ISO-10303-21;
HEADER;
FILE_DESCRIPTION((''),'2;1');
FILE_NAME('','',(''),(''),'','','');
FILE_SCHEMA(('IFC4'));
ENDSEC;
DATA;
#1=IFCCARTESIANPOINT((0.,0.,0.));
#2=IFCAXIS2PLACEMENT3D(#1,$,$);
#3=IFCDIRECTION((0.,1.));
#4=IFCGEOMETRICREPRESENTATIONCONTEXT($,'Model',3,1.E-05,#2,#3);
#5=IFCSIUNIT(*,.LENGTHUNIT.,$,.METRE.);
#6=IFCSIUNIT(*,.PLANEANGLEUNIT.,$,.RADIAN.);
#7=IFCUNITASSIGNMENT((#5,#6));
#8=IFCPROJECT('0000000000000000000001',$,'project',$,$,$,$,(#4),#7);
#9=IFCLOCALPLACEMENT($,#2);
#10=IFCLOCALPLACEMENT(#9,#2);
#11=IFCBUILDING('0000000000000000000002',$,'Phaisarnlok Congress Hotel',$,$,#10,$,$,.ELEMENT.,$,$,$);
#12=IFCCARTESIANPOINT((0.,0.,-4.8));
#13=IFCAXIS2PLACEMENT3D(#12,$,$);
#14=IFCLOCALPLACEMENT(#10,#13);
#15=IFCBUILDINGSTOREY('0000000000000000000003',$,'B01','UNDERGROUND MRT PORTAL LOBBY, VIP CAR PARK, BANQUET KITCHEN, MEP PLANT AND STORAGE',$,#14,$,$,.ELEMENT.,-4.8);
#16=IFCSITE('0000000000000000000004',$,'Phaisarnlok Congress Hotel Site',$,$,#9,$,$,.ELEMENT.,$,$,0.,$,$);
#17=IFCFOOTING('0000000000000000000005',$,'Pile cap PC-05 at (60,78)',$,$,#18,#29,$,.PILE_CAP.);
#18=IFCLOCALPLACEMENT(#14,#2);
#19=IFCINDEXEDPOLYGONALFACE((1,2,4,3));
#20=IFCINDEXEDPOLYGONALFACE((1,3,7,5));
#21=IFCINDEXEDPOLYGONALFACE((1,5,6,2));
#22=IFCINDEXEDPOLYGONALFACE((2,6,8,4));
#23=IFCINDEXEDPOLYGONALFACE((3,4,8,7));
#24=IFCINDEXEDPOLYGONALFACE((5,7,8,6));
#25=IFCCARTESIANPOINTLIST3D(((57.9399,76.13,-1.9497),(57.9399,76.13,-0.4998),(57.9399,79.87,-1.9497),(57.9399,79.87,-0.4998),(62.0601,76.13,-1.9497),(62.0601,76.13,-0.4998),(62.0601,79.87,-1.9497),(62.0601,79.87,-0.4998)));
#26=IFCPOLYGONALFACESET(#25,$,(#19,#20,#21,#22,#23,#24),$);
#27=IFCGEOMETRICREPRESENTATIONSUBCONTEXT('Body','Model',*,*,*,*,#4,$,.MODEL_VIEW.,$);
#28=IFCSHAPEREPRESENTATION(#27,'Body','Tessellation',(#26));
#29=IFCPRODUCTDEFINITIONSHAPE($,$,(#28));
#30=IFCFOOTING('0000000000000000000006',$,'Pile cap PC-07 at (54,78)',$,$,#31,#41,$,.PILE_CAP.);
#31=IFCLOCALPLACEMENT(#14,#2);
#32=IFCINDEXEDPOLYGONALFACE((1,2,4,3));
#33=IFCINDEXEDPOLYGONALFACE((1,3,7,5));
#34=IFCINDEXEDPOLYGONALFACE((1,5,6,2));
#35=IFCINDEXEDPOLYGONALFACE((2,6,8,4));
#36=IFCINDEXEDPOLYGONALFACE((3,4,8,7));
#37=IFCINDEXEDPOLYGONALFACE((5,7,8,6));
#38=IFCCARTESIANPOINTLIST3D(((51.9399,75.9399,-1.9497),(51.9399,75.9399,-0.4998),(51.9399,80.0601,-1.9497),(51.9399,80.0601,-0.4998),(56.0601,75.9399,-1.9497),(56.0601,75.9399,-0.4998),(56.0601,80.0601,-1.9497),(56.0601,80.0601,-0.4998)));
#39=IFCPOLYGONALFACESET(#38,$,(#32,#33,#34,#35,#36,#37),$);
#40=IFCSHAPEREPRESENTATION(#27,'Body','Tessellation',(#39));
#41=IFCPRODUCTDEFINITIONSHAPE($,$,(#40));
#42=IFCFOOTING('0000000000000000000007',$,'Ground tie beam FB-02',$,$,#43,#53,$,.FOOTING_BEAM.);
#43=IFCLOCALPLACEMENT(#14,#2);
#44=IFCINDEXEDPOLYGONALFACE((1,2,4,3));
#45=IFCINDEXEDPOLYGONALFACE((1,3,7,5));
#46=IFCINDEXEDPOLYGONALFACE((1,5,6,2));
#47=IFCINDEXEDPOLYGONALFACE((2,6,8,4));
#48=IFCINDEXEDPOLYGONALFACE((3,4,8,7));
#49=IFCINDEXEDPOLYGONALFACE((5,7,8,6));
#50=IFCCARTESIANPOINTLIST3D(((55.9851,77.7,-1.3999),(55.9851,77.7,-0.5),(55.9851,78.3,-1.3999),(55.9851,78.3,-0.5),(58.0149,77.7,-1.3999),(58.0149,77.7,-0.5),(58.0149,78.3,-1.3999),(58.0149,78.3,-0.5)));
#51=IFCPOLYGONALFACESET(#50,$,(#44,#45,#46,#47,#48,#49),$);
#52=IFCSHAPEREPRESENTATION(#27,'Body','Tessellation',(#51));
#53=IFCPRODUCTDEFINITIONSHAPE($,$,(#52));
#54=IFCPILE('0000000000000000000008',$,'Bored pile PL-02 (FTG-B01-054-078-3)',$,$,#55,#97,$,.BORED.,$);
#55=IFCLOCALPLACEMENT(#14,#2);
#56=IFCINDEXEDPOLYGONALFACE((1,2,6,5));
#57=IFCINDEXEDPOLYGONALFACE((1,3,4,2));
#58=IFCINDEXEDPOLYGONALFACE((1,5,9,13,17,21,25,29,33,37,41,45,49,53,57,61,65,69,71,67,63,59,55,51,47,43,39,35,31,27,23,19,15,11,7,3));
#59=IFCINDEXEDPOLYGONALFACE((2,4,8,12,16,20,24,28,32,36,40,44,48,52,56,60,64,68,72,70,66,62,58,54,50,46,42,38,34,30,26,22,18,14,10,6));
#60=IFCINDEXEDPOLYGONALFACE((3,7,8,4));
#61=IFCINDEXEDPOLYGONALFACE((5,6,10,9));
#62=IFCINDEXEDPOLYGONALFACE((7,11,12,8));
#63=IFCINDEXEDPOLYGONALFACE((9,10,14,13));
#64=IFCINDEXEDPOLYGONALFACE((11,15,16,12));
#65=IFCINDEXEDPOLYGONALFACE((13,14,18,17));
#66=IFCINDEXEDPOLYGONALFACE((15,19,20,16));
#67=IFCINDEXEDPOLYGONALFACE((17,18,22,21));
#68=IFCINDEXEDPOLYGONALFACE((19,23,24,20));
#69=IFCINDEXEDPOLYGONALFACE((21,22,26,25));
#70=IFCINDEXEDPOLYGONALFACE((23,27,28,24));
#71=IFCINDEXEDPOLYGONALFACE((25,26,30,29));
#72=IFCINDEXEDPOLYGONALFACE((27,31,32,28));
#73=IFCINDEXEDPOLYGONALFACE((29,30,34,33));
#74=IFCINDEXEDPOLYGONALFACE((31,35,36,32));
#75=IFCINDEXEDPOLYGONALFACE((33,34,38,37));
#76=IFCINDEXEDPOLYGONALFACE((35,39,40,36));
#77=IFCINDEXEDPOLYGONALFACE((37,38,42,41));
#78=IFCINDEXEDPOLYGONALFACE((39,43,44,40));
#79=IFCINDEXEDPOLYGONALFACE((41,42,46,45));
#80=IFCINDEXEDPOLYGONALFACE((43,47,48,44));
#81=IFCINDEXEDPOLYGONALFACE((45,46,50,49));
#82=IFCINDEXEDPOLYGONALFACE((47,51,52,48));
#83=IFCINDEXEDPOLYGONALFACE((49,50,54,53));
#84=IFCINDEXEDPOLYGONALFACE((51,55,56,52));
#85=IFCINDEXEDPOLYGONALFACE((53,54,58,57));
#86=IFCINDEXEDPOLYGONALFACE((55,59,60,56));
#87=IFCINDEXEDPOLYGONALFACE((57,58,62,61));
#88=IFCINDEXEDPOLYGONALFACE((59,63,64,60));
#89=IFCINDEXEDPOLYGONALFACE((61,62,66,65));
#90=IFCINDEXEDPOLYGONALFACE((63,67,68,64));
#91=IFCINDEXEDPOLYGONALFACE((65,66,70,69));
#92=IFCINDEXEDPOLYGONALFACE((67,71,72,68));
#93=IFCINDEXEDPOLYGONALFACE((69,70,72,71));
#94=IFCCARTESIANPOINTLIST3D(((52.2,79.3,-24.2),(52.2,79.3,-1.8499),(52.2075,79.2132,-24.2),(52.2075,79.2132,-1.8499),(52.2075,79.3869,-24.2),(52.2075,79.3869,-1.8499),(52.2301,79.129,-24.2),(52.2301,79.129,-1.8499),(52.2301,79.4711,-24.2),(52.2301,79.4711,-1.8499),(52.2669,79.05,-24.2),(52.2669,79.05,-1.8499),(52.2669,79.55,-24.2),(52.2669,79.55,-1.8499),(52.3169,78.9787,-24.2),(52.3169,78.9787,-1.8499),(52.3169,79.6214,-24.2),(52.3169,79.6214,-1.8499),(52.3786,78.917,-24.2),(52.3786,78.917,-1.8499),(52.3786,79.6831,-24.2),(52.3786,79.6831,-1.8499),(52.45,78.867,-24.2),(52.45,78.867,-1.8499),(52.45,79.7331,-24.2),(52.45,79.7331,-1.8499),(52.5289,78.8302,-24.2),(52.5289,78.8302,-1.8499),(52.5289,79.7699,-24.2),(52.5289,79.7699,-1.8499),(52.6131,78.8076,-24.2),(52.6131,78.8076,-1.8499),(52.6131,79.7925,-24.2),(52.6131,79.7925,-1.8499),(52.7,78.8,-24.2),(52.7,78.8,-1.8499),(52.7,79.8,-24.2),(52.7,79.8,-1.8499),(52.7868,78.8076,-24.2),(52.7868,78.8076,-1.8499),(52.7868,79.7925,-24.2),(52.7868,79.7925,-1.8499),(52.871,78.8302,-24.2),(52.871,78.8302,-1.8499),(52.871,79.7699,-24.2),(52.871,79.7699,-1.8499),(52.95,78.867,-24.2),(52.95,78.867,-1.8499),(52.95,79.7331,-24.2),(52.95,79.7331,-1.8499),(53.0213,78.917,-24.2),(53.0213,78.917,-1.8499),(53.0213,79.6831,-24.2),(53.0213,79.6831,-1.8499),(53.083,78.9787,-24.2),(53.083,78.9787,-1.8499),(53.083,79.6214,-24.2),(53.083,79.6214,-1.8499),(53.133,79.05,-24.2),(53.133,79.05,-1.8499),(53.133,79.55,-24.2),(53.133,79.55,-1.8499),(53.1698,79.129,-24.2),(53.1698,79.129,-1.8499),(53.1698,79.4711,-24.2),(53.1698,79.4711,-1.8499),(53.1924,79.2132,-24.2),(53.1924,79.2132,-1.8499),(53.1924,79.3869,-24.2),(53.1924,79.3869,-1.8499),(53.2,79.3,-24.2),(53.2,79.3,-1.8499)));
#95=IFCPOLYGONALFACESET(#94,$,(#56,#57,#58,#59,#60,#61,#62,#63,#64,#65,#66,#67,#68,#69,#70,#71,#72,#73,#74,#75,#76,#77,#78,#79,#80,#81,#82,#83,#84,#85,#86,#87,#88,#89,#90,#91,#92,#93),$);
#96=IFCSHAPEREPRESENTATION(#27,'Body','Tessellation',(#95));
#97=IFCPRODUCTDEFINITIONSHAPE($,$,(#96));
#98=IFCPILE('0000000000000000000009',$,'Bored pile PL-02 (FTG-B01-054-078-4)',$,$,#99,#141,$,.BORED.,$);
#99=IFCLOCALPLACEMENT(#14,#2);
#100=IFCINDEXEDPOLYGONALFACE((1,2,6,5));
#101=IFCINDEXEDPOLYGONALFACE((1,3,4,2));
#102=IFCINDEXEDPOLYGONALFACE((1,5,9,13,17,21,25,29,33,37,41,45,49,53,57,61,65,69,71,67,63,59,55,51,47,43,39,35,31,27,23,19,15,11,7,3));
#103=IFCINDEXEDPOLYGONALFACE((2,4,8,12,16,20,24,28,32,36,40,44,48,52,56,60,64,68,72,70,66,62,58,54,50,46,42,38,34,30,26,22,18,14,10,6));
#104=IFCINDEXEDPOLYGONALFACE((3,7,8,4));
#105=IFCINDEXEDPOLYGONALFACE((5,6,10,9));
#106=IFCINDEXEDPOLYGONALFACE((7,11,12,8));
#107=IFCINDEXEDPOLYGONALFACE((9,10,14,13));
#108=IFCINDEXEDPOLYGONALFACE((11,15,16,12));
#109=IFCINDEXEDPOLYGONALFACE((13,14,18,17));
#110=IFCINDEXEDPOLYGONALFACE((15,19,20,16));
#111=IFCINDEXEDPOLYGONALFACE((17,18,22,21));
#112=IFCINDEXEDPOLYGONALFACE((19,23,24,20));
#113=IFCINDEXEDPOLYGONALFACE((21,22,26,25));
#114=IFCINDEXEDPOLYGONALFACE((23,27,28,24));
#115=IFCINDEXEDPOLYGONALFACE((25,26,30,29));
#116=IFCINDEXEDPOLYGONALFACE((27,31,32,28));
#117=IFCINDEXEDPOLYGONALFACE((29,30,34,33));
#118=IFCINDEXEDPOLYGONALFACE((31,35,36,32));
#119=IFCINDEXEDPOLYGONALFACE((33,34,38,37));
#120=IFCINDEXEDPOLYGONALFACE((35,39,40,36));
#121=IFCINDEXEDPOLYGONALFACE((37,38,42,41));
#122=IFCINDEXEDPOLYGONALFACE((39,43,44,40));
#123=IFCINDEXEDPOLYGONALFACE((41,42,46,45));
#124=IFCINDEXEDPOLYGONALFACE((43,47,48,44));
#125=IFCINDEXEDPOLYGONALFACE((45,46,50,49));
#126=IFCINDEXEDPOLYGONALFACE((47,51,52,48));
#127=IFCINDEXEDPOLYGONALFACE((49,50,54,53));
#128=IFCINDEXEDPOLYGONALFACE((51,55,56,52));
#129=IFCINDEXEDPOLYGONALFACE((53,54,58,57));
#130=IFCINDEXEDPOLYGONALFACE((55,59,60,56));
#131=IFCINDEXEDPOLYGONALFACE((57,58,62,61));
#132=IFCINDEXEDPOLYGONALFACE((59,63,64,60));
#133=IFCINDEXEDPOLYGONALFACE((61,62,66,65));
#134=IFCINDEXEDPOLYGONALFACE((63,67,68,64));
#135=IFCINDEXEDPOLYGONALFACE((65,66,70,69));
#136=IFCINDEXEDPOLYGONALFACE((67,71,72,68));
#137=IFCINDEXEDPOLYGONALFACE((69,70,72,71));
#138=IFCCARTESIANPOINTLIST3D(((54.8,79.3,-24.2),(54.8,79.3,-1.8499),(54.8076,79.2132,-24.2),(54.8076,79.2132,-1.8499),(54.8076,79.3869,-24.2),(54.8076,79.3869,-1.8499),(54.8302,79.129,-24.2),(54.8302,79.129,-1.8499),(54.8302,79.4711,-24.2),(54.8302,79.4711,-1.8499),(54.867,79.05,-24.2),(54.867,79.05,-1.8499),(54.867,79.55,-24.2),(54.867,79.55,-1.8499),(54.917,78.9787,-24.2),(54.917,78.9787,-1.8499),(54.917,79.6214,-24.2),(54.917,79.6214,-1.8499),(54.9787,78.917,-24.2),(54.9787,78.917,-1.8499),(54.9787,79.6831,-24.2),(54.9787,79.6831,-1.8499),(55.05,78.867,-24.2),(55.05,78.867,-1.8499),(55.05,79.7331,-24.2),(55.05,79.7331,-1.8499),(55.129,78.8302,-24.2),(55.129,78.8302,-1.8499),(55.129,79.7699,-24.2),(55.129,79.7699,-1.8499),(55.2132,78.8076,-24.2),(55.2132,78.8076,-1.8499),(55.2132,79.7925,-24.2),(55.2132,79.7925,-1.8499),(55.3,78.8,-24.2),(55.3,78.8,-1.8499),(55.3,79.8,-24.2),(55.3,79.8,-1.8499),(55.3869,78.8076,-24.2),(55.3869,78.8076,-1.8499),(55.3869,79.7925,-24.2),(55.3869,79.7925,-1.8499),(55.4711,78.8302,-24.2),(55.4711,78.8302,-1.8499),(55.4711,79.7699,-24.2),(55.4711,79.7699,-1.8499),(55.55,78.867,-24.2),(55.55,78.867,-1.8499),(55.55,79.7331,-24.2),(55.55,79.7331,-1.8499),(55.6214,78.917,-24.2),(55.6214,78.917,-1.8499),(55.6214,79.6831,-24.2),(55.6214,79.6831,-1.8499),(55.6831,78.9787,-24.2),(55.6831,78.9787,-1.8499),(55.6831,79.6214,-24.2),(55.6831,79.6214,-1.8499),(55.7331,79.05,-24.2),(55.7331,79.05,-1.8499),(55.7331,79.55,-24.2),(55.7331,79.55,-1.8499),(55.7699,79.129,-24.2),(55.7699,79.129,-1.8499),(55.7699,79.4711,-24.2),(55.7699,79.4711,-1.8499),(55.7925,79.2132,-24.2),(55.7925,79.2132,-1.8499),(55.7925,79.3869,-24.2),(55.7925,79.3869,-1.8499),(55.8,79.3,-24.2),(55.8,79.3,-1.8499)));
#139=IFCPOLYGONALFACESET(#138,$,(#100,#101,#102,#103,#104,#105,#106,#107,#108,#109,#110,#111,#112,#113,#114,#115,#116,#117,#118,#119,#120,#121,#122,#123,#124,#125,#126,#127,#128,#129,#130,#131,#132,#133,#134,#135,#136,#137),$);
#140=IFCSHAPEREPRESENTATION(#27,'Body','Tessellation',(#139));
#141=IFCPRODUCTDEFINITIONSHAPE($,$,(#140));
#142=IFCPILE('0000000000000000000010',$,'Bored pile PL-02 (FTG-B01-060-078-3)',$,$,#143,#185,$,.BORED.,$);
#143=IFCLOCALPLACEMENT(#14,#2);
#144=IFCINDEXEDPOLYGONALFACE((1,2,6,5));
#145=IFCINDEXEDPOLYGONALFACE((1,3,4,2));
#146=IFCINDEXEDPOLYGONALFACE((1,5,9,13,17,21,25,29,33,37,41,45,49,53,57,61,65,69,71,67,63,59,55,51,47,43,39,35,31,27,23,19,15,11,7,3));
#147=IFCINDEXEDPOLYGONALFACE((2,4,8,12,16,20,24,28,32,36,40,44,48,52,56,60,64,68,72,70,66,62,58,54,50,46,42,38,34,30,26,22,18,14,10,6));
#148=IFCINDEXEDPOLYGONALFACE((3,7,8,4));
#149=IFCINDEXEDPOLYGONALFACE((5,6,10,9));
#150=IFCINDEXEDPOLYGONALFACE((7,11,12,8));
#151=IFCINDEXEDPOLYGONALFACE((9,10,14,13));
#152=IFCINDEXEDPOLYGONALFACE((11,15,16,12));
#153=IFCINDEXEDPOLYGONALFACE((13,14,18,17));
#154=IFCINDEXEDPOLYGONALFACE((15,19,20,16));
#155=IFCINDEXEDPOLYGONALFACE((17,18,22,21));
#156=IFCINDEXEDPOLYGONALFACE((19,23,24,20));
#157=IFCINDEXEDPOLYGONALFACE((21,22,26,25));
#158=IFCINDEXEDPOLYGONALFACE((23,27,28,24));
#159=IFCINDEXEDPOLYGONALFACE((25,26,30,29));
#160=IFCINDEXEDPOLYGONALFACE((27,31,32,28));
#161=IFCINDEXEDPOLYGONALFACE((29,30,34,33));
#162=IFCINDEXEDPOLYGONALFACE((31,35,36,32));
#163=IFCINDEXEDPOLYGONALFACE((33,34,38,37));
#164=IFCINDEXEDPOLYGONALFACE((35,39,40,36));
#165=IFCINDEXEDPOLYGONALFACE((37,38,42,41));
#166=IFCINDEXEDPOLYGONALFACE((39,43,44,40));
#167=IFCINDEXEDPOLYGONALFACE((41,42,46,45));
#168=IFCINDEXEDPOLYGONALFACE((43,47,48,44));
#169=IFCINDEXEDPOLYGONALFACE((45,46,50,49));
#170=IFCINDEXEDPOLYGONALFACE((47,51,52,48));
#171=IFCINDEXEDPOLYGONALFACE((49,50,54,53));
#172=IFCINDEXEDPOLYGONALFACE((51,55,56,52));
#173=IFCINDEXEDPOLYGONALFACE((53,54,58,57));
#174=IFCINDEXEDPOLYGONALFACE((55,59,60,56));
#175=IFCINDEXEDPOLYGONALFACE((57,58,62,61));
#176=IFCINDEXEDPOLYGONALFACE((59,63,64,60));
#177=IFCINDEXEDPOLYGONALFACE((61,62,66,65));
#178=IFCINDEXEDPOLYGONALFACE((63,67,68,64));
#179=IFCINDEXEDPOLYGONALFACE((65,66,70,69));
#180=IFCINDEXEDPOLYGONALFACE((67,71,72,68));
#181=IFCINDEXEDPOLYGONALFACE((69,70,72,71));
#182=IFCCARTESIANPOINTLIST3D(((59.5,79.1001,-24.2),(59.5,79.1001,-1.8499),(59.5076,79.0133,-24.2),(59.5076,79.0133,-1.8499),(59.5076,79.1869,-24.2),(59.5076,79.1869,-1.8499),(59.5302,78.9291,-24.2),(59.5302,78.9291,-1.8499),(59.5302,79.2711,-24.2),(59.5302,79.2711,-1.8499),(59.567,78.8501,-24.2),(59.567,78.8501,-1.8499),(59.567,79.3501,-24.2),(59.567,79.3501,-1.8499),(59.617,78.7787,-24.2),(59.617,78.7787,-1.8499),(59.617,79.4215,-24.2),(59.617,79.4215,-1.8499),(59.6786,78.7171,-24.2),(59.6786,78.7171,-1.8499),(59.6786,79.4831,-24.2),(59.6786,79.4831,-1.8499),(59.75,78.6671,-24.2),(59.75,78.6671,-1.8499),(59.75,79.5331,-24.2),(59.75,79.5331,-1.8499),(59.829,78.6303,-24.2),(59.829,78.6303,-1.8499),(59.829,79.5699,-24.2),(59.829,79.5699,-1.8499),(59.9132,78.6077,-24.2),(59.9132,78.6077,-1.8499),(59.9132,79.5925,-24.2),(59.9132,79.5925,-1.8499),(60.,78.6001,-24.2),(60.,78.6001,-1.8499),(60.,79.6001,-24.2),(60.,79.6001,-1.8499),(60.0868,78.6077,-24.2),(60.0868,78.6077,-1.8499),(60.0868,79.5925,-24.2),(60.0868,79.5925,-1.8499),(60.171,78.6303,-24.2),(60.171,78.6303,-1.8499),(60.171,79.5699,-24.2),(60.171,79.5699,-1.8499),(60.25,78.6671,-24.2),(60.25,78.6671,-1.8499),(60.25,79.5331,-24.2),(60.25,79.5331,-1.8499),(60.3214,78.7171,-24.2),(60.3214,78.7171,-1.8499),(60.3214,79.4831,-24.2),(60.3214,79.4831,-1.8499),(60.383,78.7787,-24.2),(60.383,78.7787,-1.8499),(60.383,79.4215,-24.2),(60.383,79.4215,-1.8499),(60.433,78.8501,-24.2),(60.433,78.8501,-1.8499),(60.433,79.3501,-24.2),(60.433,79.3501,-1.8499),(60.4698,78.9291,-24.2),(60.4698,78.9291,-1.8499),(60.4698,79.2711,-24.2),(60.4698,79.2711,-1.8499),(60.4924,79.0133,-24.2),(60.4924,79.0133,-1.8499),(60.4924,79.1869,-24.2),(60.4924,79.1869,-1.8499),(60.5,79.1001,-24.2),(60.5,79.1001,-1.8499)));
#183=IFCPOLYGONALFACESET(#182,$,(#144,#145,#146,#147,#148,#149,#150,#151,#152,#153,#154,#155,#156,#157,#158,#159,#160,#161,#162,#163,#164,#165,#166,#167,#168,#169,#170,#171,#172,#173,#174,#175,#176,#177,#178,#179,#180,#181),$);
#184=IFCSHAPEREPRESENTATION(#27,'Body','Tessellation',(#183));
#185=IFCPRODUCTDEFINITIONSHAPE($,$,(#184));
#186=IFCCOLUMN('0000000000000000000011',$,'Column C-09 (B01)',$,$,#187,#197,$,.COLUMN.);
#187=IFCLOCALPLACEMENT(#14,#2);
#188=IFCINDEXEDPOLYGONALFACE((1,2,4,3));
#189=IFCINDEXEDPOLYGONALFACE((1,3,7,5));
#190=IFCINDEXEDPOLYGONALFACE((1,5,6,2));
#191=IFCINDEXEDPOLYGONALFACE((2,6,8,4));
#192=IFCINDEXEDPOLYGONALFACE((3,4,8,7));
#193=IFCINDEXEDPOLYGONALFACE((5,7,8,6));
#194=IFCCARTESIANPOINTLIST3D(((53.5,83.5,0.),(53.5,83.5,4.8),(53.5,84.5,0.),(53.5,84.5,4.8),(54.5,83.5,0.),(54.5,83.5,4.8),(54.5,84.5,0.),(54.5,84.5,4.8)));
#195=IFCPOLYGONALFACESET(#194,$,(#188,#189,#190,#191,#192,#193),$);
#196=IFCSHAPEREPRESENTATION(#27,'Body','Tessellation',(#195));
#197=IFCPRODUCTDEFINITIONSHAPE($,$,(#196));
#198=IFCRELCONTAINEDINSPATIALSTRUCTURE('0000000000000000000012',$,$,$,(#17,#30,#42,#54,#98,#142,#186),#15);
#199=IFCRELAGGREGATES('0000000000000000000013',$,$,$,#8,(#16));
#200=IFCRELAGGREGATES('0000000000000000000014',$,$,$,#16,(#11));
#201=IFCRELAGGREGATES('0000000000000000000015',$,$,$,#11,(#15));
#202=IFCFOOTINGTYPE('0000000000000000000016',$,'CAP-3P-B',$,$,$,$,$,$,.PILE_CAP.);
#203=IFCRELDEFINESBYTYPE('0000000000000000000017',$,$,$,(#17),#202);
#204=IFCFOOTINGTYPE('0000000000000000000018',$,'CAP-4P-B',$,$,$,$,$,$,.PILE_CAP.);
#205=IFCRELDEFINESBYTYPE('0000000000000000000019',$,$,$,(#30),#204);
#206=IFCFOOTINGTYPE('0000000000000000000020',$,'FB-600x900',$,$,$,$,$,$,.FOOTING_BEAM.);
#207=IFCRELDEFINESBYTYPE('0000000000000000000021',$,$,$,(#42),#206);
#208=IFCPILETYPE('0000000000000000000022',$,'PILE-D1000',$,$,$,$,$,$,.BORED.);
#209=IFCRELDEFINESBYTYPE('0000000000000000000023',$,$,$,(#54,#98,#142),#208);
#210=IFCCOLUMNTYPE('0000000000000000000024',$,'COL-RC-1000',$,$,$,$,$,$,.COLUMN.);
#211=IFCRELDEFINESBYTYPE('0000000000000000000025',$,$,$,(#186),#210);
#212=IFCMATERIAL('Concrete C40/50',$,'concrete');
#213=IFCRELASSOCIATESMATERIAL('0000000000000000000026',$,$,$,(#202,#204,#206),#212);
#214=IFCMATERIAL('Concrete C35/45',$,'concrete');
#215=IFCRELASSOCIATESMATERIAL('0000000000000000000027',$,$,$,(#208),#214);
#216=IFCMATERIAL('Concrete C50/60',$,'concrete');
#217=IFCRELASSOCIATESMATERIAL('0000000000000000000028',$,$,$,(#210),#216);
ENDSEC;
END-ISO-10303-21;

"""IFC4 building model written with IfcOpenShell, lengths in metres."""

from ifc_helpers import new_model, si_unit, direction, frame, origin, origin_2d, place, context, subcontext, project, spatial, rectangle, circle, extrude, material, material_profile, profile_set, type_object, element, save


model = new_model("IFC4")

# Units and contexts
model_context = context("Model", 3, precision=1e-05, world=origin(), true_north=direction((0.0, 1.0)))
body_context = subcontext(model_context, "Body", "Model", "MODEL_VIEW")
ifc_project = project(units=[si_unit("LENGTHUNIT", "METRE"), si_unit("PLANEANGLEUNIT", "RADIAN")], contexts=[model_context])

# Site, building, storey
site_placement = place(None, origin())
site = spatial("IfcSite", under=ifc_project, at=site_placement, Name="Phaisarnlok Congress Hotel Site", CompositionType="ELEMENT", RefElevation=0.0)
building_placement = place(site_placement, origin())
building = spatial("IfcBuilding", under=site, at=building_placement, Name="Phaisarnlok Congress Hotel", CompositionType="ELEMENT")
storey_placement = place(building_placement, frame((0.0, 0.0, -4.8)))
storey = spatial("IfcBuildingStorey", under=building, at=storey_placement, Name="B01", Description="UNDERGROUND MRT PORTAL LOBBY, VIP CAR PARK, BANQUET KITCHEN, MEP PLANT AND STORAGE", CompositionType="ELEMENT", Elevation=-4.8)

# Footings
ifc_material_1 = material(Name="Concrete C40/50", Category="concrete")
footing_type_1 = type_object("IfcFootingType", Name="CAP-3P-B", PredefinedType="PILE_CAP", material=ifc_material_1)
footing_1_placement = place(storey_placement, frame((60.0, 78.0, -1.9497), z_axis=(0.0, 0.0, 1.0), x_axis=(1.0, 0.0, 0.0)))
element("IfcFooting", 1, at=footing_1_placement, inside=storey, type_object=footing_type_1, Name="Pile cap PC-05 at (60,78)", PredefinedType="PILE_CAP", context=body_context, shape_type="SweptSolid", body=[
    extrude(rectangle(XDim=4.1201, YDim=3.74, at=origin_2d()), origin(), (0.0, 0.0, 1.0), 1.45),
])
footing_type_2 = type_object("IfcFootingType", Name="CAP-4P-B", PredefinedType="PILE_CAP", material=ifc_material_1)
footing_2_placement = place(storey_placement, frame((54.0, 78.0, -1.9497), z_axis=(0.0, 0.0, 1.0), x_axis=(1.0, 0.0, 0.0)))
element("IfcFooting", 2, at=footing_2_placement, inside=storey, type_object=footing_type_2, Name="Pile cap PC-07 at (54,78)", PredefinedType="PILE_CAP", context=body_context, shape_type="SweptSolid", body=[
    extrude(rectangle(XDim=4.1201, YDim=4.1201, at=origin_2d()), origin(), (0.0, 0.0, 1.0), 1.45),
])
ifc_material_profile_1 = material_profile(ifc_material_1, rectangle(XDim=0.6001, YDim=0.8999, at=origin_2d()), Name="FB-600x900")
ifc_profile_set_1 = profile_set([ifc_material_profile_1], Name="Concrete C40/50")
footing_type_3 = type_object("IfcFootingType", Name="FB-600x900", PredefinedType="FOOTING_BEAM", material=ifc_profile_set_1)
footing_3_placement = place(storey_placement, frame((55.9851, 78.0, -0.95), z_axis=(1.0, 0.0, 0.0), x_axis=(0.0, 1.0, 0.0)))
element("IfcFooting", 3, at=footing_3_placement, inside=storey, type_object=footing_type_3, Name="Ground tie beam FB-02", PredefinedType="FOOTING_BEAM", context=body_context, shape_type="SweptSolid", body=[
    extrude(rectangle(XDim=0.6001, YDim=0.8999, at=origin_2d()), origin(), (0.0, 0.0, 1.0), 2.0298),
])

# Piles
ifc_material_2 = material(Name="Concrete C35/45", Category="concrete")
ifc_material_profile_2 = material_profile(ifc_material_2, circle(Radius=0.5, at=origin_2d()), Name="BORED PILE D1000")
ifc_profile_set_2 = profile_set([ifc_material_profile_2], Name="Concrete C35/45")
pile_type = type_object("IfcPileType", Name="PILE-D1000", PredefinedType="BORED", material=ifc_profile_set_2)
for number, where, z_axis, x_axis, name in (
    (4, (52.7, 79.3, -1.8499), (0.0, 0.0, -1.0), (1.0, 0.0, 0.0), "Bored pile PL-02 (FTG-B01-054-078-3)"),
    (5, (55.3, 79.3, -1.8499), (0.0, 0.0, -1.0), (1.0, 0.0, 0.0), "Bored pile PL-02 (FTG-B01-054-078-4)"),
    (6, (60.0, 79.1001, -1.8499), (0.0, 0.0, -1.0), (1.0, 0.0, 0.0), "Bored pile PL-02 (FTG-B01-060-078-3)"),
):
    element("IfcPile", number, at=place(storey_placement, frame(where, z_axis=z_axis, x_axis=x_axis)), inside=storey, type_object=pile_type, Name=name, PredefinedType="BORED", context=body_context, shape_type="SweptSolid", body=[
        extrude(circle(Radius=0.5, at=origin_2d()), origin(), (0.0, 0.0, 1.0), 22.3501),
    ])

# Column
ifc_material_3 = material(Name="Concrete C50/60", Category="concrete")
ifc_material_profile_3 = material_profile(ifc_material_3, rectangle(XDim=1.0, YDim=1.0, at=origin_2d()), Name="RC 1000x1000")
ifc_profile_set_3 = profile_set([ifc_material_profile_3], Name="Concrete C50/60")
column_type_1 = type_object("IfcColumnType", Name="COL-RC-1000", PredefinedType="COLUMN", material=ifc_profile_set_3)
column_placement = place(storey_placement, frame((54.0, 84.0, 0.0), z_axis=(0.0, 0.0, 1.0), x_axis=(1.0, 0.0, 0.0)))
element("IfcColumn", 7, at=column_placement, inside=storey, type_object=column_type_1, Name="Column C-09 (B01)", PredefinedType="COLUMN", context=body_context, shape_type="SweptSolid", body=[
    extrude(rectangle(XDim=1.0, YDim=1.0, at=origin_2d()), origin(), (0.0, 0.0, 1.0), 4.8),
])

save(model, "model.ifc")
